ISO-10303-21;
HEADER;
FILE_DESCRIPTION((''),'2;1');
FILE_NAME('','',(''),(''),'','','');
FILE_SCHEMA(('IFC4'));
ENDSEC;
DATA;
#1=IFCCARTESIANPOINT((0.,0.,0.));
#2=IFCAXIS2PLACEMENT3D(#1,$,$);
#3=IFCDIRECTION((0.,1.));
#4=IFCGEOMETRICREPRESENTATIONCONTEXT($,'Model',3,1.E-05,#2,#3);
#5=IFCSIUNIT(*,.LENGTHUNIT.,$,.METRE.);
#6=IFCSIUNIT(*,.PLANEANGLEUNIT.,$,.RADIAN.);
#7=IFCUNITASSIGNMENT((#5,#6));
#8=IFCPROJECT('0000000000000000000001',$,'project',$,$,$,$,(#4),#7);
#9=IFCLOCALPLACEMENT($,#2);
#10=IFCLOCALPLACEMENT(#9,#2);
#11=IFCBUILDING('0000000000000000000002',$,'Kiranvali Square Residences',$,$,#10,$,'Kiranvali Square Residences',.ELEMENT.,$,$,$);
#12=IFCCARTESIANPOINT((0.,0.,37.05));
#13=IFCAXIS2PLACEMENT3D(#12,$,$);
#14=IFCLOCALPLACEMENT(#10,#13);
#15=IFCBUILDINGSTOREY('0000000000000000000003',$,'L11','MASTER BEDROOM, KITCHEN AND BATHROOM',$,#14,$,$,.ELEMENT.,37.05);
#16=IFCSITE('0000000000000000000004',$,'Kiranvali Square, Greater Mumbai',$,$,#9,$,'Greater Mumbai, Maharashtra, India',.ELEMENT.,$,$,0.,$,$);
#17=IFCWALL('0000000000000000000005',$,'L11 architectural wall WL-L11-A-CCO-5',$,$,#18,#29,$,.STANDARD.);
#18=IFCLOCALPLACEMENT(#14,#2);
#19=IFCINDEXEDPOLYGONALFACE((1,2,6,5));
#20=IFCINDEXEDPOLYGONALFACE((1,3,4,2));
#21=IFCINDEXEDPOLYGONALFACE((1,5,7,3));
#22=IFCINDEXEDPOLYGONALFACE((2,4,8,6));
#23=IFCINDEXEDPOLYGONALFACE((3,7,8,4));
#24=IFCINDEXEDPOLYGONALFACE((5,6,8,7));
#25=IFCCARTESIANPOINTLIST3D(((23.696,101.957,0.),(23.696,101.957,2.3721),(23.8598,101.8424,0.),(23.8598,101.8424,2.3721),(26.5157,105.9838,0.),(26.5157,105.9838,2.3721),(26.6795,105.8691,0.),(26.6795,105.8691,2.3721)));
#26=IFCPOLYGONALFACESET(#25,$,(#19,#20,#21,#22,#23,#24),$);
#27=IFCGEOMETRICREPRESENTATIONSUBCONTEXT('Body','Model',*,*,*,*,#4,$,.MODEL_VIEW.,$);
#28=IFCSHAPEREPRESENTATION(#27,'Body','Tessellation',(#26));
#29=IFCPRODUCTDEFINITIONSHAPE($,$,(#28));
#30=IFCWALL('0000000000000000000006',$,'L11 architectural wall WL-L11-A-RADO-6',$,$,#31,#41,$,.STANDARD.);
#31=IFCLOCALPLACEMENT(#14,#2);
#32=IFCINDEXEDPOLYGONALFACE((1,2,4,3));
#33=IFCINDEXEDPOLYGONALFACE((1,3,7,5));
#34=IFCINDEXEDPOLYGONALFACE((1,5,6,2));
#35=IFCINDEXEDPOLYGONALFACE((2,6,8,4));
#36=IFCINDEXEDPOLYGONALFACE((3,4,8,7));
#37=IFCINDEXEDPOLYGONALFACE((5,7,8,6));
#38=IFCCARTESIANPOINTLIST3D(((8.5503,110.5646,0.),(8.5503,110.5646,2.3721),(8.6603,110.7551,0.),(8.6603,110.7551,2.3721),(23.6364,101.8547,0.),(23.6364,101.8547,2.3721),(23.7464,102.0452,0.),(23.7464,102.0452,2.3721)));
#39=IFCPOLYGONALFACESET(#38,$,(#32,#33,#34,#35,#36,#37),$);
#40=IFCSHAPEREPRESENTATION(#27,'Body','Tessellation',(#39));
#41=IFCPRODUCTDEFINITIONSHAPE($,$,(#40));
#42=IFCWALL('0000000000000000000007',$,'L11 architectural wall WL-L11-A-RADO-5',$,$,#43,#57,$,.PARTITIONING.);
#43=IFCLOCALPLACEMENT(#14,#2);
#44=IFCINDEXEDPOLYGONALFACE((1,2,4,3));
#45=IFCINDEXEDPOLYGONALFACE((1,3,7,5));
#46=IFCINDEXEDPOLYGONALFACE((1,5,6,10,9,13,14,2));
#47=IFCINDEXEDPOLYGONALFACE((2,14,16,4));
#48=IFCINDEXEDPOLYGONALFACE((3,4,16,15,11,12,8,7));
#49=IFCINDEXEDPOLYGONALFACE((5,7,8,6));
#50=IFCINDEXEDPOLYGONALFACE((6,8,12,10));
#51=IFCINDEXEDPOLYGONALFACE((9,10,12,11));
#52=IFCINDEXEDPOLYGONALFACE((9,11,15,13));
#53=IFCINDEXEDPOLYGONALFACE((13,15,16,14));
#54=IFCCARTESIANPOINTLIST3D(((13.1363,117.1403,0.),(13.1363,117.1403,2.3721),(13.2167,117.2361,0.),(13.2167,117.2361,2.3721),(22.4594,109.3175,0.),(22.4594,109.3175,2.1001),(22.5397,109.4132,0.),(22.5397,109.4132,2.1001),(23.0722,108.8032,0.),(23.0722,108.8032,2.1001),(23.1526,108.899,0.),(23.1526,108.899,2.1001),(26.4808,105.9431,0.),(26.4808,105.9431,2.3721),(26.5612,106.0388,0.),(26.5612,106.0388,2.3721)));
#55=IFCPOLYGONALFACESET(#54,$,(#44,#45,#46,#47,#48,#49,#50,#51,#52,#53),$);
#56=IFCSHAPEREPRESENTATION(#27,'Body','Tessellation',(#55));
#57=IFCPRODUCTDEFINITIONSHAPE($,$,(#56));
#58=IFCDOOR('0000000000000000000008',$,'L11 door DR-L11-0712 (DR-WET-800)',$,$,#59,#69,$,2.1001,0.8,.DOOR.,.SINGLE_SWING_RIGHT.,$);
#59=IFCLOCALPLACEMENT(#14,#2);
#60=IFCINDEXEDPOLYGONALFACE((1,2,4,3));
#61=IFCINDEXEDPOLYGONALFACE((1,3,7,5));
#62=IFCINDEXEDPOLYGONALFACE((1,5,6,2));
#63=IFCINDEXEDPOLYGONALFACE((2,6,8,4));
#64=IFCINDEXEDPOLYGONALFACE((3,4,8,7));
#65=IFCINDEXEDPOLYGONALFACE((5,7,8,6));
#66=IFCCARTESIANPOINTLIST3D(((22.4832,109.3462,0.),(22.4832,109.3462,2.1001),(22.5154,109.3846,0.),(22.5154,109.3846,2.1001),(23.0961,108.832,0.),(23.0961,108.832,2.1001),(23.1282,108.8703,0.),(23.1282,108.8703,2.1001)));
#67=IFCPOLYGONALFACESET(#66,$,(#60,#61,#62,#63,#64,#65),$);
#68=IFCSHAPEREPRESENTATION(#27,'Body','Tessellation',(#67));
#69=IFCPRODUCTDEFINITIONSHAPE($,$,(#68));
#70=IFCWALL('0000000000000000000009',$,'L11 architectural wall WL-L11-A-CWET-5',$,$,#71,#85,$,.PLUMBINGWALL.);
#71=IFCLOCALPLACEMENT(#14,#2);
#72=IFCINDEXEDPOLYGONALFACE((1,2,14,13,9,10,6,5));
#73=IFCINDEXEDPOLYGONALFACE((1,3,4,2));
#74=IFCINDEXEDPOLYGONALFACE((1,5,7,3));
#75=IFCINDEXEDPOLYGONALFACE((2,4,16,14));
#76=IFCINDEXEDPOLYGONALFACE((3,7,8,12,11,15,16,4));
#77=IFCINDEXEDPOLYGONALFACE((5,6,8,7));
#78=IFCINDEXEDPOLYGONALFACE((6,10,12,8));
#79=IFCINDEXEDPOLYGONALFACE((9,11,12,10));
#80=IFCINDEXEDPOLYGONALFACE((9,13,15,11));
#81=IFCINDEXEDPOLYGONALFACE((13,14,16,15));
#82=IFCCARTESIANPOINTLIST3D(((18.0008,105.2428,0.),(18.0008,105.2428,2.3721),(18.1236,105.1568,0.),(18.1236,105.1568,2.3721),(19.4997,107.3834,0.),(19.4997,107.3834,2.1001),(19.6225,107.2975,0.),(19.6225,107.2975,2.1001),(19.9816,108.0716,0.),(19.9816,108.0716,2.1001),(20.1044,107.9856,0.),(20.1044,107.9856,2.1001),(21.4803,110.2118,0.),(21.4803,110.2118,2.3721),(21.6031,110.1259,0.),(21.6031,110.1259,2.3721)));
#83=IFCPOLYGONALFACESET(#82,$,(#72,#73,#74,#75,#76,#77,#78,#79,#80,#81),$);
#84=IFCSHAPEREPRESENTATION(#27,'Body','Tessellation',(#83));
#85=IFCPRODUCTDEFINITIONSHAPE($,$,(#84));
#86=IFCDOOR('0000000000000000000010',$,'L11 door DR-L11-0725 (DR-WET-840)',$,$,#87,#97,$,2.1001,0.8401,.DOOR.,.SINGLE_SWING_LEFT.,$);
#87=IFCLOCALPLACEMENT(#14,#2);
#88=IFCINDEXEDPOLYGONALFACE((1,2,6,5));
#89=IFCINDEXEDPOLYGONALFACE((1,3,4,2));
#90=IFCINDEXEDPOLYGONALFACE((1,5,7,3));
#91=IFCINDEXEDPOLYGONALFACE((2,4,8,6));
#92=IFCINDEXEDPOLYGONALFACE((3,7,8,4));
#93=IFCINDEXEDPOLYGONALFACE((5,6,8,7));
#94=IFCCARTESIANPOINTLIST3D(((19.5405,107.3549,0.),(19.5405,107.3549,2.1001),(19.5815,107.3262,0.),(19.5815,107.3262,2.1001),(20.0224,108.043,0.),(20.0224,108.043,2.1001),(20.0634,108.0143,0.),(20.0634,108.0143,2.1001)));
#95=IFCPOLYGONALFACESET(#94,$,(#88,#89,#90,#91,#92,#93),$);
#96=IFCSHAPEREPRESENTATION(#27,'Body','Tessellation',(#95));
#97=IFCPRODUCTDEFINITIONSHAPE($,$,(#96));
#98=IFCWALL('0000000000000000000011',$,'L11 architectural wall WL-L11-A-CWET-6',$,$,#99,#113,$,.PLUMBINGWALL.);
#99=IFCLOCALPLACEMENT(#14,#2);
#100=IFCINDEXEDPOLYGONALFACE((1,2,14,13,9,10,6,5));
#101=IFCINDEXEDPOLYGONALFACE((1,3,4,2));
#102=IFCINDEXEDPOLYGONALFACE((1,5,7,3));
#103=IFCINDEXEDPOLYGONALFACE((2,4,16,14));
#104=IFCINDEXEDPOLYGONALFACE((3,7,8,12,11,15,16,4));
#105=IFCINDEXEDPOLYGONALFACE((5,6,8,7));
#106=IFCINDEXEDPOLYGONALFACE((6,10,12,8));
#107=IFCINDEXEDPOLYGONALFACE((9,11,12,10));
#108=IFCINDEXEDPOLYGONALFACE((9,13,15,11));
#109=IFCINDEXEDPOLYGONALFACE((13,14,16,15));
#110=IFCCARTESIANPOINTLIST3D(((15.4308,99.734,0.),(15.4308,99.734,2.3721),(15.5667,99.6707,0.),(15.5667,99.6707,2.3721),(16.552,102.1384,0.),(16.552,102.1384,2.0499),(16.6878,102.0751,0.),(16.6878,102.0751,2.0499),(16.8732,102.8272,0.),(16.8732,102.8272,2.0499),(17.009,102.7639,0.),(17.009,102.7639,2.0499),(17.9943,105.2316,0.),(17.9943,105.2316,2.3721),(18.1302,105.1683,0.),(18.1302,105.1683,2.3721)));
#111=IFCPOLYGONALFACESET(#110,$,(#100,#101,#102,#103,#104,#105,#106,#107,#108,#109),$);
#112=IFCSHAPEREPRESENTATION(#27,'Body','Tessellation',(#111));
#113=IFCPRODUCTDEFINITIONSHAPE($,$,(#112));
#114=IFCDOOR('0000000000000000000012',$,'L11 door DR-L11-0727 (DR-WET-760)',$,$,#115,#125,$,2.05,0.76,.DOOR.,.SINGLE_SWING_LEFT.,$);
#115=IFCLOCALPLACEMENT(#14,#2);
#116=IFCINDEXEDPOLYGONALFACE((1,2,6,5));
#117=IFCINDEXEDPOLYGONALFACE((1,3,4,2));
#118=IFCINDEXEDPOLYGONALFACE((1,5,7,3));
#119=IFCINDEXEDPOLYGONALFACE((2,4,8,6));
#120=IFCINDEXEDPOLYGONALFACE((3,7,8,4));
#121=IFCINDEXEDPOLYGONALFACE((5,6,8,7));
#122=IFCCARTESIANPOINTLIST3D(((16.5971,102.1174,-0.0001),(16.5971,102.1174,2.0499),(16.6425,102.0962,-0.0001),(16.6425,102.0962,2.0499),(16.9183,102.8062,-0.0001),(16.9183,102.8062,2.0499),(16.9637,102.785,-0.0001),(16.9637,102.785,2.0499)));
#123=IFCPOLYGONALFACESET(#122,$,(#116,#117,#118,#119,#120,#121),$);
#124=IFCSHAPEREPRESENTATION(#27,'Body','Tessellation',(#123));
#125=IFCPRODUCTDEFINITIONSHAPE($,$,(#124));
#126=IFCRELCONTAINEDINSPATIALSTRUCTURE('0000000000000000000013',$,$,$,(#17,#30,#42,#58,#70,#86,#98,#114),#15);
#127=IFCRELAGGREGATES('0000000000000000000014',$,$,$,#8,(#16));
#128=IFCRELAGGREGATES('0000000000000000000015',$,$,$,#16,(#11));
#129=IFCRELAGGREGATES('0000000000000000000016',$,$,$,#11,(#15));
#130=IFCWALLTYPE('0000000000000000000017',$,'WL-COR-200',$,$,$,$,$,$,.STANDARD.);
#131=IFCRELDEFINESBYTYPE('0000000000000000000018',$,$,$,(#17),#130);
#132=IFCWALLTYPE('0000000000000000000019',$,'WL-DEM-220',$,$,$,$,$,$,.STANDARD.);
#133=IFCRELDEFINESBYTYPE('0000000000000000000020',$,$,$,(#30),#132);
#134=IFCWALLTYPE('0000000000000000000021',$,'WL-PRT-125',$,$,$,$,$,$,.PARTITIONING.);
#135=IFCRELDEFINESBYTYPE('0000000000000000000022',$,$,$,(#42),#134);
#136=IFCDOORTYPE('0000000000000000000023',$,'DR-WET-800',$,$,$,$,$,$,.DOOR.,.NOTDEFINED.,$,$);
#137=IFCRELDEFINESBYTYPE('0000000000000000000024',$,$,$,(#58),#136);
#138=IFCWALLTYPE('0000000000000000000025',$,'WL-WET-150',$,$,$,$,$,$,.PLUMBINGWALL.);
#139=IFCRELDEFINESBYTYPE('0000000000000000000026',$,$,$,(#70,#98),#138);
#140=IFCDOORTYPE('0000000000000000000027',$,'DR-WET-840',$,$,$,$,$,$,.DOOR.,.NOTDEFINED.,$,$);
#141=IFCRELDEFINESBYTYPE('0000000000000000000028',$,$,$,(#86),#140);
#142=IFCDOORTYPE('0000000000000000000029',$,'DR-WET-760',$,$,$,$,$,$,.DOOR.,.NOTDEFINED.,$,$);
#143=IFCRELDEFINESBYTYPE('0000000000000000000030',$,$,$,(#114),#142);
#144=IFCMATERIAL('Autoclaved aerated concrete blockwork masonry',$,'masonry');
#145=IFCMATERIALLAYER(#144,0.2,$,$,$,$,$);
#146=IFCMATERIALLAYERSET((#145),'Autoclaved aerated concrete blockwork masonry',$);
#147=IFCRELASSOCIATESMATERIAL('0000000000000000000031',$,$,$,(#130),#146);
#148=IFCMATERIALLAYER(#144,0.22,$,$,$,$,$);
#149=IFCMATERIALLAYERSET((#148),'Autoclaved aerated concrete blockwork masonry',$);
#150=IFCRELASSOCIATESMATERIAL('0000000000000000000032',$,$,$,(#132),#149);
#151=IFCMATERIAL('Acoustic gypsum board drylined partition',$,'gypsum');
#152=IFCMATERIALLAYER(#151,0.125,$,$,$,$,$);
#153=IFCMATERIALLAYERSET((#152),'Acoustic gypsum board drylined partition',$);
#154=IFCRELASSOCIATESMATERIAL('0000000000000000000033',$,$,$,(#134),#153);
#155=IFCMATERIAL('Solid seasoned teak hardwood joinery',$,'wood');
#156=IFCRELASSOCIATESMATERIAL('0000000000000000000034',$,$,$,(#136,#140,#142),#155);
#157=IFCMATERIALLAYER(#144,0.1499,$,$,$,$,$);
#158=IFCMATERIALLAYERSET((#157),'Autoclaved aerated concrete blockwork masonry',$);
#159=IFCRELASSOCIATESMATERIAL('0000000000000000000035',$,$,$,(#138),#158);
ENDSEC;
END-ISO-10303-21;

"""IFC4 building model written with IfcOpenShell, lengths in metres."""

from ifc_helpers import new_model, si_unit, direction, frame, frame_2d, origin, place, context, subcontext, project, spatial, rectangle, extrude, material, layer, layer_set, type_object, element, fill, save


model = new_model("IFC4")

# Units and contexts
model_context = context("Model", 3, precision=1e-05, world=origin(), true_north=direction((0.0, 1.0)))
body_context = subcontext(model_context, "Body", "Model", "MODEL_VIEW")
ifc_project = project(units=[si_unit("LENGTHUNIT", "METRE"), si_unit("PLANEANGLEUNIT", "RADIAN")], contexts=[model_context])

# Site, building, storey
site_placement = place(None, origin())
site = spatial("IfcSite", under=ifc_project, at=site_placement, Name="Kiranvali Square, Greater Mumbai", LongName="Greater Mumbai, Maharashtra, India", CompositionType="ELEMENT", RefElevation=0.0)
building_placement = place(site_placement, origin())
building = spatial("IfcBuilding", under=site, at=building_placement, Name="Kiranvali Square Residences", LongName="Kiranvali Square Residences", CompositionType="ELEMENT")
storey_placement = place(building_placement, frame((0.0, 0.0, 37.05)))
storey = spatial("IfcBuildingStorey", under=building, at=storey_placement, Name="L11", Description="MASTER BEDROOM, KITCHEN AND BATHROOM", CompositionType="ELEMENT", Elevation=37.05)

# Wall
ifc_material_1 = material(Name="Autoclaved aerated concrete blockwork masonry", Category="masonry")
ifc_layer_1 = layer(ifc_material_1, 0.2)
ifc_layer_set_1 = layer_set([ifc_layer_1], Name="Autoclaved aerated concrete blockwork masonry")
wall_type_1 = type_object("IfcWallType", Name="WL-COR-200", PredefinedType="STANDARD", material=ifc_layer_set_1)
wall_1_placement = place(storey_placement, frame((26.5977, 105.9265, 0.0), z_axis=(0.0, 0.0, 1.0), x_axis=(-0.573592, -0.819141, 0.0)))
element("IfcWall", 1, at=wall_1_placement, inside=storey, type_object=wall_type_1, Name="L11 architectural wall WL-L11-A-CCO-5", PredefinedType="STANDARD", context=body_context, shape_type="SweptSolid", body=[
    extrude(rectangle(XDim=4.9158, YDim=0.2, at=frame_2d((2.458, 0.0))), origin(), (0.0, 0.0, 1.0), 2.3721),
])

# Wall
ifc_layer_2 = layer(ifc_material_1, 0.22)
ifc_layer_set_2 = layer_set([ifc_layer_2], Name="Autoclaved aerated concrete blockwork masonry")
wall_type_2 = type_object("IfcWallType", Name="WL-DEM-220", PredefinedType="STANDARD", material=ifc_layer_set_2)
wall_2_placement = place(storey_placement, frame((23.6914, 101.95, 0.0), z_axis=(0.0, 0.0, 1.0), x_axis=(-0.866027, 0.499998, 0.0)))
element("IfcWall", 2, at=wall_2_placement, inside=storey, type_object=wall_type_2, Name="L11 architectural wall WL-L11-A-RADO-6", PredefinedType="STANDARD", context=body_context, shape_type="SweptSolid", body=[
    extrude(rectangle(XDim=17.4199, YDim=0.22, at=frame_2d((8.71, 0.0))), origin(), (0.0, 0.0, 1.0), 2.3721),
])

# Walls, openings, doors
ifc_material_2 = material(Name="Acoustic gypsum board drylined partition", Category="gypsum")
ifc_layer_3 = layer(ifc_material_2, 0.125)
ifc_layer_set_3 = layer_set([ifc_layer_3], Name="Acoustic gypsum board drylined partition")
wall_type_3 = type_object("IfcWallType", Name="WL-PRT-125", PredefinedType="PARTITIONING", material=ifc_layer_set_3)
wall_3_placement = place(storey_placement, frame((26.521, 105.991, 0.0), z_axis=(0.0, 0.0, 1.0), x_axis=(-0.766047, 0.642785, 0.0)))
wall_3 = element("IfcWall", 3, at=wall_3_placement, inside=storey, type_object=wall_type_3, Name="L11 architectural wall WL-L11-A-RADO-5", PredefinedType="PARTITIONING", context=body_context, shape_type="SweptSolid", body=[
    extrude(rectangle(XDim=17.4199, YDim=0.125, at=frame_2d((8.71, 0.0))), origin(), (0.0, 0.0, 1.0), 2.3721),
])
opening_1_placement = place(wall_3_placement, frame((4.4497, 0.0, 0.0)))
opening_1 = element("IfcOpeningElement", 4, at=opening_1_placement, cuts=wall_3, PredefinedType="OPENING", context=body_context, shape_type="SweptSolid", body=[
    extrude(rectangle(XDim=0.8, YDim=2.1001, at=frame_2d((0.3999, 1.05))), frame((0.0, 0.0725, 0.0), z_axis=(0.0, -1.0, 0.0), x_axis=(1.0, 0.0, 0.0)), (0.0, 0.0, 1.0), 0.145),
])
ifc_material_3 = material(Name="Solid seasoned teak hardwood joinery", Category="wood")
door_type_1 = type_object("IfcDoorType", Name="DR-WET-800", OperationType="NOTDEFINED", PredefinedType="DOOR", material=ifc_material_3)
door_1_placement = place(opening_1_placement, frame((0.8, 0.0, 0.0), z_axis=(0.0, 0.0, 1.0), x_axis=(-1.0, 0.0, 0.0)))
door_1 = element("IfcDoor", 5, at=door_1_placement, inside=storey, type_object=door_type_1, Name="L11 door DR-L11-0712 (DR-WET-800)", OperationType="SINGLE_SWING_RIGHT", OverallHeight=2.1001, OverallWidth=0.8, PredefinedType="DOOR", context=body_context, shape_type="SweptSolid", body=[
    extrude(rectangle(XDim=0.8, YDim=2.1001, at=frame_2d((0.3999, 1.05))), frame((0.0, 0.0249, 0.0), z_axis=(0.0, -1.0, 0.0), x_axis=(1.0, 0.0, 0.0)), (0.0, 0.0, 1.0), 0.05),
])
fill(opening_1, door_1)
ifc_layer_4 = layer(ifc_material_1, 0.1499)
ifc_layer_set_4 = layer_set([ifc_layer_4], Name="Autoclaved aerated concrete blockwork masonry")
wall_type_4 = type_object("IfcWallType", Name="WL-WET-150", PredefinedType="PLUMBINGWALL", material=ifc_layer_set_4)
wall_4_placement = place(storey_placement, frame((21.5417, 110.1689, 0.0), z_axis=(0.0, 0.0, 1.0), x_axis=(-0.573595, -0.819139, 0.0)))
wall_4 = element("IfcWall", 6, at=wall_4_placement, inside=storey, type_object=wall_type_4, Name="L11 architectural wall WL-L11-A-CWET-5", PredefinedType="PLUMBINGWALL", context=body_context, shape_type="SweptSolid", body=[
    extrude(rectangle(XDim=6.0662, YDim=0.1499, at=frame_2d((3.0332, 0.0))), origin(), (0.0, 0.0, 1.0), 2.3721),
])
opening_2_placement = place(wall_4_placement, frame((2.613, 0.0, 0.0)))
opening_2 = element("IfcOpeningElement", 7, at=opening_2_placement, cuts=wall_4, PredefinedType="OPENING", context=body_context, shape_type="SweptSolid", body=[
    extrude(rectangle(XDim=0.8401, YDim=2.1001, at=frame_2d((0.4199, 1.05))), frame((0.0, 0.085, 0.0), z_axis=(0.0, -1.0, 0.0), x_axis=(1.0, 0.0, 0.0)), (0.0, 0.0, 1.0), 0.1699),
])
door_type_2 = type_object("IfcDoorType", Name="DR-WET-840", OperationType="NOTDEFINED", PredefinedType="DOOR", material=ifc_material_3)
door_2_placement = place(opening_2_placement, origin())
door_2 = element("IfcDoor", 8, at=door_2_placement, inside=storey, type_object=door_type_2, Name="L11 door DR-L11-0725 (DR-WET-840)", OperationType="SINGLE_SWING_LEFT", OverallHeight=2.1001, OverallWidth=0.8401, PredefinedType="DOOR", context=body_context, shape_type="SweptSolid", body=[
    extrude(rectangle(XDim=0.8401, YDim=2.1001, at=frame_2d((0.4199, 1.05))), frame((0.0, 0.0249, 0.0), z_axis=(0.0, -1.0, 0.0), x_axis=(1.0, 0.0, 0.0)), (0.0, 0.0, 1.0), 0.05),
])
fill(opening_2, door_2)
wall_5_placement = place(storey_placement, frame((18.0623, 105.2, 0.0), z_axis=(0.0, 0.0, 1.0), x_axis=(-0.422608, -0.906313, 0.0)))
wall_5 = element("IfcWall", 9, at=wall_5_placement, inside=storey, type_object=wall_type_4, Name="L11 architectural wall WL-L11-A-CWET-6", PredefinedType="PLUMBINGWALL", context=body_context, shape_type="SweptSolid", body=[
    extrude(rectangle(XDim=6.0659, YDim=0.1499, at=frame_2d((3.033, 0.0))), origin(), (0.0, 0.0, 1.0), 2.3721),
])
opening_3_placement = place(wall_5_placement, frame((2.6531, 0.0, 0.0)))
opening_3 = element("IfcOpeningElement", 10, at=opening_3_placement, cuts=wall_5, PredefinedType="OPENING", context=body_context, shape_type="SweptSolid", body=[
    extrude(rectangle(XDim=0.76, YDim=2.05, at=frame_2d((0.3799, 1.0249))), frame((0.0, 0.085, 0.0), z_axis=(0.0, -1.0, 0.0), x_axis=(1.0, 0.0, 0.0)), (0.0, 0.0, 1.0), 0.1699),
])
door_type_3 = type_object("IfcDoorType", Name="DR-WET-760", OperationType="NOTDEFINED", PredefinedType="DOOR", material=ifc_material_3)
door_3_placement = place(opening_3_placement, origin())
door_3 = element("IfcDoor", 11, at=door_3_placement, inside=storey, type_object=door_type_3, Name="L11 door DR-L11-0727 (DR-WET-760)", OperationType="SINGLE_SWING_LEFT", OverallHeight=2.05, OverallWidth=0.76, PredefinedType="DOOR", context=body_context, shape_type="SweptSolid", body=[
    extrude(rectangle(XDim=0.76, YDim=2.05, at=frame_2d((0.3799, 1.0249))), frame((0.0, 0.0249, 0.0), z_axis=(0.0, -1.0, 0.0), x_axis=(1.0, 0.0, 0.0)), (0.0, 0.0, 1.0), 0.05),
])
fill(opening_3, door_3)

save(model, "model.ifc")
